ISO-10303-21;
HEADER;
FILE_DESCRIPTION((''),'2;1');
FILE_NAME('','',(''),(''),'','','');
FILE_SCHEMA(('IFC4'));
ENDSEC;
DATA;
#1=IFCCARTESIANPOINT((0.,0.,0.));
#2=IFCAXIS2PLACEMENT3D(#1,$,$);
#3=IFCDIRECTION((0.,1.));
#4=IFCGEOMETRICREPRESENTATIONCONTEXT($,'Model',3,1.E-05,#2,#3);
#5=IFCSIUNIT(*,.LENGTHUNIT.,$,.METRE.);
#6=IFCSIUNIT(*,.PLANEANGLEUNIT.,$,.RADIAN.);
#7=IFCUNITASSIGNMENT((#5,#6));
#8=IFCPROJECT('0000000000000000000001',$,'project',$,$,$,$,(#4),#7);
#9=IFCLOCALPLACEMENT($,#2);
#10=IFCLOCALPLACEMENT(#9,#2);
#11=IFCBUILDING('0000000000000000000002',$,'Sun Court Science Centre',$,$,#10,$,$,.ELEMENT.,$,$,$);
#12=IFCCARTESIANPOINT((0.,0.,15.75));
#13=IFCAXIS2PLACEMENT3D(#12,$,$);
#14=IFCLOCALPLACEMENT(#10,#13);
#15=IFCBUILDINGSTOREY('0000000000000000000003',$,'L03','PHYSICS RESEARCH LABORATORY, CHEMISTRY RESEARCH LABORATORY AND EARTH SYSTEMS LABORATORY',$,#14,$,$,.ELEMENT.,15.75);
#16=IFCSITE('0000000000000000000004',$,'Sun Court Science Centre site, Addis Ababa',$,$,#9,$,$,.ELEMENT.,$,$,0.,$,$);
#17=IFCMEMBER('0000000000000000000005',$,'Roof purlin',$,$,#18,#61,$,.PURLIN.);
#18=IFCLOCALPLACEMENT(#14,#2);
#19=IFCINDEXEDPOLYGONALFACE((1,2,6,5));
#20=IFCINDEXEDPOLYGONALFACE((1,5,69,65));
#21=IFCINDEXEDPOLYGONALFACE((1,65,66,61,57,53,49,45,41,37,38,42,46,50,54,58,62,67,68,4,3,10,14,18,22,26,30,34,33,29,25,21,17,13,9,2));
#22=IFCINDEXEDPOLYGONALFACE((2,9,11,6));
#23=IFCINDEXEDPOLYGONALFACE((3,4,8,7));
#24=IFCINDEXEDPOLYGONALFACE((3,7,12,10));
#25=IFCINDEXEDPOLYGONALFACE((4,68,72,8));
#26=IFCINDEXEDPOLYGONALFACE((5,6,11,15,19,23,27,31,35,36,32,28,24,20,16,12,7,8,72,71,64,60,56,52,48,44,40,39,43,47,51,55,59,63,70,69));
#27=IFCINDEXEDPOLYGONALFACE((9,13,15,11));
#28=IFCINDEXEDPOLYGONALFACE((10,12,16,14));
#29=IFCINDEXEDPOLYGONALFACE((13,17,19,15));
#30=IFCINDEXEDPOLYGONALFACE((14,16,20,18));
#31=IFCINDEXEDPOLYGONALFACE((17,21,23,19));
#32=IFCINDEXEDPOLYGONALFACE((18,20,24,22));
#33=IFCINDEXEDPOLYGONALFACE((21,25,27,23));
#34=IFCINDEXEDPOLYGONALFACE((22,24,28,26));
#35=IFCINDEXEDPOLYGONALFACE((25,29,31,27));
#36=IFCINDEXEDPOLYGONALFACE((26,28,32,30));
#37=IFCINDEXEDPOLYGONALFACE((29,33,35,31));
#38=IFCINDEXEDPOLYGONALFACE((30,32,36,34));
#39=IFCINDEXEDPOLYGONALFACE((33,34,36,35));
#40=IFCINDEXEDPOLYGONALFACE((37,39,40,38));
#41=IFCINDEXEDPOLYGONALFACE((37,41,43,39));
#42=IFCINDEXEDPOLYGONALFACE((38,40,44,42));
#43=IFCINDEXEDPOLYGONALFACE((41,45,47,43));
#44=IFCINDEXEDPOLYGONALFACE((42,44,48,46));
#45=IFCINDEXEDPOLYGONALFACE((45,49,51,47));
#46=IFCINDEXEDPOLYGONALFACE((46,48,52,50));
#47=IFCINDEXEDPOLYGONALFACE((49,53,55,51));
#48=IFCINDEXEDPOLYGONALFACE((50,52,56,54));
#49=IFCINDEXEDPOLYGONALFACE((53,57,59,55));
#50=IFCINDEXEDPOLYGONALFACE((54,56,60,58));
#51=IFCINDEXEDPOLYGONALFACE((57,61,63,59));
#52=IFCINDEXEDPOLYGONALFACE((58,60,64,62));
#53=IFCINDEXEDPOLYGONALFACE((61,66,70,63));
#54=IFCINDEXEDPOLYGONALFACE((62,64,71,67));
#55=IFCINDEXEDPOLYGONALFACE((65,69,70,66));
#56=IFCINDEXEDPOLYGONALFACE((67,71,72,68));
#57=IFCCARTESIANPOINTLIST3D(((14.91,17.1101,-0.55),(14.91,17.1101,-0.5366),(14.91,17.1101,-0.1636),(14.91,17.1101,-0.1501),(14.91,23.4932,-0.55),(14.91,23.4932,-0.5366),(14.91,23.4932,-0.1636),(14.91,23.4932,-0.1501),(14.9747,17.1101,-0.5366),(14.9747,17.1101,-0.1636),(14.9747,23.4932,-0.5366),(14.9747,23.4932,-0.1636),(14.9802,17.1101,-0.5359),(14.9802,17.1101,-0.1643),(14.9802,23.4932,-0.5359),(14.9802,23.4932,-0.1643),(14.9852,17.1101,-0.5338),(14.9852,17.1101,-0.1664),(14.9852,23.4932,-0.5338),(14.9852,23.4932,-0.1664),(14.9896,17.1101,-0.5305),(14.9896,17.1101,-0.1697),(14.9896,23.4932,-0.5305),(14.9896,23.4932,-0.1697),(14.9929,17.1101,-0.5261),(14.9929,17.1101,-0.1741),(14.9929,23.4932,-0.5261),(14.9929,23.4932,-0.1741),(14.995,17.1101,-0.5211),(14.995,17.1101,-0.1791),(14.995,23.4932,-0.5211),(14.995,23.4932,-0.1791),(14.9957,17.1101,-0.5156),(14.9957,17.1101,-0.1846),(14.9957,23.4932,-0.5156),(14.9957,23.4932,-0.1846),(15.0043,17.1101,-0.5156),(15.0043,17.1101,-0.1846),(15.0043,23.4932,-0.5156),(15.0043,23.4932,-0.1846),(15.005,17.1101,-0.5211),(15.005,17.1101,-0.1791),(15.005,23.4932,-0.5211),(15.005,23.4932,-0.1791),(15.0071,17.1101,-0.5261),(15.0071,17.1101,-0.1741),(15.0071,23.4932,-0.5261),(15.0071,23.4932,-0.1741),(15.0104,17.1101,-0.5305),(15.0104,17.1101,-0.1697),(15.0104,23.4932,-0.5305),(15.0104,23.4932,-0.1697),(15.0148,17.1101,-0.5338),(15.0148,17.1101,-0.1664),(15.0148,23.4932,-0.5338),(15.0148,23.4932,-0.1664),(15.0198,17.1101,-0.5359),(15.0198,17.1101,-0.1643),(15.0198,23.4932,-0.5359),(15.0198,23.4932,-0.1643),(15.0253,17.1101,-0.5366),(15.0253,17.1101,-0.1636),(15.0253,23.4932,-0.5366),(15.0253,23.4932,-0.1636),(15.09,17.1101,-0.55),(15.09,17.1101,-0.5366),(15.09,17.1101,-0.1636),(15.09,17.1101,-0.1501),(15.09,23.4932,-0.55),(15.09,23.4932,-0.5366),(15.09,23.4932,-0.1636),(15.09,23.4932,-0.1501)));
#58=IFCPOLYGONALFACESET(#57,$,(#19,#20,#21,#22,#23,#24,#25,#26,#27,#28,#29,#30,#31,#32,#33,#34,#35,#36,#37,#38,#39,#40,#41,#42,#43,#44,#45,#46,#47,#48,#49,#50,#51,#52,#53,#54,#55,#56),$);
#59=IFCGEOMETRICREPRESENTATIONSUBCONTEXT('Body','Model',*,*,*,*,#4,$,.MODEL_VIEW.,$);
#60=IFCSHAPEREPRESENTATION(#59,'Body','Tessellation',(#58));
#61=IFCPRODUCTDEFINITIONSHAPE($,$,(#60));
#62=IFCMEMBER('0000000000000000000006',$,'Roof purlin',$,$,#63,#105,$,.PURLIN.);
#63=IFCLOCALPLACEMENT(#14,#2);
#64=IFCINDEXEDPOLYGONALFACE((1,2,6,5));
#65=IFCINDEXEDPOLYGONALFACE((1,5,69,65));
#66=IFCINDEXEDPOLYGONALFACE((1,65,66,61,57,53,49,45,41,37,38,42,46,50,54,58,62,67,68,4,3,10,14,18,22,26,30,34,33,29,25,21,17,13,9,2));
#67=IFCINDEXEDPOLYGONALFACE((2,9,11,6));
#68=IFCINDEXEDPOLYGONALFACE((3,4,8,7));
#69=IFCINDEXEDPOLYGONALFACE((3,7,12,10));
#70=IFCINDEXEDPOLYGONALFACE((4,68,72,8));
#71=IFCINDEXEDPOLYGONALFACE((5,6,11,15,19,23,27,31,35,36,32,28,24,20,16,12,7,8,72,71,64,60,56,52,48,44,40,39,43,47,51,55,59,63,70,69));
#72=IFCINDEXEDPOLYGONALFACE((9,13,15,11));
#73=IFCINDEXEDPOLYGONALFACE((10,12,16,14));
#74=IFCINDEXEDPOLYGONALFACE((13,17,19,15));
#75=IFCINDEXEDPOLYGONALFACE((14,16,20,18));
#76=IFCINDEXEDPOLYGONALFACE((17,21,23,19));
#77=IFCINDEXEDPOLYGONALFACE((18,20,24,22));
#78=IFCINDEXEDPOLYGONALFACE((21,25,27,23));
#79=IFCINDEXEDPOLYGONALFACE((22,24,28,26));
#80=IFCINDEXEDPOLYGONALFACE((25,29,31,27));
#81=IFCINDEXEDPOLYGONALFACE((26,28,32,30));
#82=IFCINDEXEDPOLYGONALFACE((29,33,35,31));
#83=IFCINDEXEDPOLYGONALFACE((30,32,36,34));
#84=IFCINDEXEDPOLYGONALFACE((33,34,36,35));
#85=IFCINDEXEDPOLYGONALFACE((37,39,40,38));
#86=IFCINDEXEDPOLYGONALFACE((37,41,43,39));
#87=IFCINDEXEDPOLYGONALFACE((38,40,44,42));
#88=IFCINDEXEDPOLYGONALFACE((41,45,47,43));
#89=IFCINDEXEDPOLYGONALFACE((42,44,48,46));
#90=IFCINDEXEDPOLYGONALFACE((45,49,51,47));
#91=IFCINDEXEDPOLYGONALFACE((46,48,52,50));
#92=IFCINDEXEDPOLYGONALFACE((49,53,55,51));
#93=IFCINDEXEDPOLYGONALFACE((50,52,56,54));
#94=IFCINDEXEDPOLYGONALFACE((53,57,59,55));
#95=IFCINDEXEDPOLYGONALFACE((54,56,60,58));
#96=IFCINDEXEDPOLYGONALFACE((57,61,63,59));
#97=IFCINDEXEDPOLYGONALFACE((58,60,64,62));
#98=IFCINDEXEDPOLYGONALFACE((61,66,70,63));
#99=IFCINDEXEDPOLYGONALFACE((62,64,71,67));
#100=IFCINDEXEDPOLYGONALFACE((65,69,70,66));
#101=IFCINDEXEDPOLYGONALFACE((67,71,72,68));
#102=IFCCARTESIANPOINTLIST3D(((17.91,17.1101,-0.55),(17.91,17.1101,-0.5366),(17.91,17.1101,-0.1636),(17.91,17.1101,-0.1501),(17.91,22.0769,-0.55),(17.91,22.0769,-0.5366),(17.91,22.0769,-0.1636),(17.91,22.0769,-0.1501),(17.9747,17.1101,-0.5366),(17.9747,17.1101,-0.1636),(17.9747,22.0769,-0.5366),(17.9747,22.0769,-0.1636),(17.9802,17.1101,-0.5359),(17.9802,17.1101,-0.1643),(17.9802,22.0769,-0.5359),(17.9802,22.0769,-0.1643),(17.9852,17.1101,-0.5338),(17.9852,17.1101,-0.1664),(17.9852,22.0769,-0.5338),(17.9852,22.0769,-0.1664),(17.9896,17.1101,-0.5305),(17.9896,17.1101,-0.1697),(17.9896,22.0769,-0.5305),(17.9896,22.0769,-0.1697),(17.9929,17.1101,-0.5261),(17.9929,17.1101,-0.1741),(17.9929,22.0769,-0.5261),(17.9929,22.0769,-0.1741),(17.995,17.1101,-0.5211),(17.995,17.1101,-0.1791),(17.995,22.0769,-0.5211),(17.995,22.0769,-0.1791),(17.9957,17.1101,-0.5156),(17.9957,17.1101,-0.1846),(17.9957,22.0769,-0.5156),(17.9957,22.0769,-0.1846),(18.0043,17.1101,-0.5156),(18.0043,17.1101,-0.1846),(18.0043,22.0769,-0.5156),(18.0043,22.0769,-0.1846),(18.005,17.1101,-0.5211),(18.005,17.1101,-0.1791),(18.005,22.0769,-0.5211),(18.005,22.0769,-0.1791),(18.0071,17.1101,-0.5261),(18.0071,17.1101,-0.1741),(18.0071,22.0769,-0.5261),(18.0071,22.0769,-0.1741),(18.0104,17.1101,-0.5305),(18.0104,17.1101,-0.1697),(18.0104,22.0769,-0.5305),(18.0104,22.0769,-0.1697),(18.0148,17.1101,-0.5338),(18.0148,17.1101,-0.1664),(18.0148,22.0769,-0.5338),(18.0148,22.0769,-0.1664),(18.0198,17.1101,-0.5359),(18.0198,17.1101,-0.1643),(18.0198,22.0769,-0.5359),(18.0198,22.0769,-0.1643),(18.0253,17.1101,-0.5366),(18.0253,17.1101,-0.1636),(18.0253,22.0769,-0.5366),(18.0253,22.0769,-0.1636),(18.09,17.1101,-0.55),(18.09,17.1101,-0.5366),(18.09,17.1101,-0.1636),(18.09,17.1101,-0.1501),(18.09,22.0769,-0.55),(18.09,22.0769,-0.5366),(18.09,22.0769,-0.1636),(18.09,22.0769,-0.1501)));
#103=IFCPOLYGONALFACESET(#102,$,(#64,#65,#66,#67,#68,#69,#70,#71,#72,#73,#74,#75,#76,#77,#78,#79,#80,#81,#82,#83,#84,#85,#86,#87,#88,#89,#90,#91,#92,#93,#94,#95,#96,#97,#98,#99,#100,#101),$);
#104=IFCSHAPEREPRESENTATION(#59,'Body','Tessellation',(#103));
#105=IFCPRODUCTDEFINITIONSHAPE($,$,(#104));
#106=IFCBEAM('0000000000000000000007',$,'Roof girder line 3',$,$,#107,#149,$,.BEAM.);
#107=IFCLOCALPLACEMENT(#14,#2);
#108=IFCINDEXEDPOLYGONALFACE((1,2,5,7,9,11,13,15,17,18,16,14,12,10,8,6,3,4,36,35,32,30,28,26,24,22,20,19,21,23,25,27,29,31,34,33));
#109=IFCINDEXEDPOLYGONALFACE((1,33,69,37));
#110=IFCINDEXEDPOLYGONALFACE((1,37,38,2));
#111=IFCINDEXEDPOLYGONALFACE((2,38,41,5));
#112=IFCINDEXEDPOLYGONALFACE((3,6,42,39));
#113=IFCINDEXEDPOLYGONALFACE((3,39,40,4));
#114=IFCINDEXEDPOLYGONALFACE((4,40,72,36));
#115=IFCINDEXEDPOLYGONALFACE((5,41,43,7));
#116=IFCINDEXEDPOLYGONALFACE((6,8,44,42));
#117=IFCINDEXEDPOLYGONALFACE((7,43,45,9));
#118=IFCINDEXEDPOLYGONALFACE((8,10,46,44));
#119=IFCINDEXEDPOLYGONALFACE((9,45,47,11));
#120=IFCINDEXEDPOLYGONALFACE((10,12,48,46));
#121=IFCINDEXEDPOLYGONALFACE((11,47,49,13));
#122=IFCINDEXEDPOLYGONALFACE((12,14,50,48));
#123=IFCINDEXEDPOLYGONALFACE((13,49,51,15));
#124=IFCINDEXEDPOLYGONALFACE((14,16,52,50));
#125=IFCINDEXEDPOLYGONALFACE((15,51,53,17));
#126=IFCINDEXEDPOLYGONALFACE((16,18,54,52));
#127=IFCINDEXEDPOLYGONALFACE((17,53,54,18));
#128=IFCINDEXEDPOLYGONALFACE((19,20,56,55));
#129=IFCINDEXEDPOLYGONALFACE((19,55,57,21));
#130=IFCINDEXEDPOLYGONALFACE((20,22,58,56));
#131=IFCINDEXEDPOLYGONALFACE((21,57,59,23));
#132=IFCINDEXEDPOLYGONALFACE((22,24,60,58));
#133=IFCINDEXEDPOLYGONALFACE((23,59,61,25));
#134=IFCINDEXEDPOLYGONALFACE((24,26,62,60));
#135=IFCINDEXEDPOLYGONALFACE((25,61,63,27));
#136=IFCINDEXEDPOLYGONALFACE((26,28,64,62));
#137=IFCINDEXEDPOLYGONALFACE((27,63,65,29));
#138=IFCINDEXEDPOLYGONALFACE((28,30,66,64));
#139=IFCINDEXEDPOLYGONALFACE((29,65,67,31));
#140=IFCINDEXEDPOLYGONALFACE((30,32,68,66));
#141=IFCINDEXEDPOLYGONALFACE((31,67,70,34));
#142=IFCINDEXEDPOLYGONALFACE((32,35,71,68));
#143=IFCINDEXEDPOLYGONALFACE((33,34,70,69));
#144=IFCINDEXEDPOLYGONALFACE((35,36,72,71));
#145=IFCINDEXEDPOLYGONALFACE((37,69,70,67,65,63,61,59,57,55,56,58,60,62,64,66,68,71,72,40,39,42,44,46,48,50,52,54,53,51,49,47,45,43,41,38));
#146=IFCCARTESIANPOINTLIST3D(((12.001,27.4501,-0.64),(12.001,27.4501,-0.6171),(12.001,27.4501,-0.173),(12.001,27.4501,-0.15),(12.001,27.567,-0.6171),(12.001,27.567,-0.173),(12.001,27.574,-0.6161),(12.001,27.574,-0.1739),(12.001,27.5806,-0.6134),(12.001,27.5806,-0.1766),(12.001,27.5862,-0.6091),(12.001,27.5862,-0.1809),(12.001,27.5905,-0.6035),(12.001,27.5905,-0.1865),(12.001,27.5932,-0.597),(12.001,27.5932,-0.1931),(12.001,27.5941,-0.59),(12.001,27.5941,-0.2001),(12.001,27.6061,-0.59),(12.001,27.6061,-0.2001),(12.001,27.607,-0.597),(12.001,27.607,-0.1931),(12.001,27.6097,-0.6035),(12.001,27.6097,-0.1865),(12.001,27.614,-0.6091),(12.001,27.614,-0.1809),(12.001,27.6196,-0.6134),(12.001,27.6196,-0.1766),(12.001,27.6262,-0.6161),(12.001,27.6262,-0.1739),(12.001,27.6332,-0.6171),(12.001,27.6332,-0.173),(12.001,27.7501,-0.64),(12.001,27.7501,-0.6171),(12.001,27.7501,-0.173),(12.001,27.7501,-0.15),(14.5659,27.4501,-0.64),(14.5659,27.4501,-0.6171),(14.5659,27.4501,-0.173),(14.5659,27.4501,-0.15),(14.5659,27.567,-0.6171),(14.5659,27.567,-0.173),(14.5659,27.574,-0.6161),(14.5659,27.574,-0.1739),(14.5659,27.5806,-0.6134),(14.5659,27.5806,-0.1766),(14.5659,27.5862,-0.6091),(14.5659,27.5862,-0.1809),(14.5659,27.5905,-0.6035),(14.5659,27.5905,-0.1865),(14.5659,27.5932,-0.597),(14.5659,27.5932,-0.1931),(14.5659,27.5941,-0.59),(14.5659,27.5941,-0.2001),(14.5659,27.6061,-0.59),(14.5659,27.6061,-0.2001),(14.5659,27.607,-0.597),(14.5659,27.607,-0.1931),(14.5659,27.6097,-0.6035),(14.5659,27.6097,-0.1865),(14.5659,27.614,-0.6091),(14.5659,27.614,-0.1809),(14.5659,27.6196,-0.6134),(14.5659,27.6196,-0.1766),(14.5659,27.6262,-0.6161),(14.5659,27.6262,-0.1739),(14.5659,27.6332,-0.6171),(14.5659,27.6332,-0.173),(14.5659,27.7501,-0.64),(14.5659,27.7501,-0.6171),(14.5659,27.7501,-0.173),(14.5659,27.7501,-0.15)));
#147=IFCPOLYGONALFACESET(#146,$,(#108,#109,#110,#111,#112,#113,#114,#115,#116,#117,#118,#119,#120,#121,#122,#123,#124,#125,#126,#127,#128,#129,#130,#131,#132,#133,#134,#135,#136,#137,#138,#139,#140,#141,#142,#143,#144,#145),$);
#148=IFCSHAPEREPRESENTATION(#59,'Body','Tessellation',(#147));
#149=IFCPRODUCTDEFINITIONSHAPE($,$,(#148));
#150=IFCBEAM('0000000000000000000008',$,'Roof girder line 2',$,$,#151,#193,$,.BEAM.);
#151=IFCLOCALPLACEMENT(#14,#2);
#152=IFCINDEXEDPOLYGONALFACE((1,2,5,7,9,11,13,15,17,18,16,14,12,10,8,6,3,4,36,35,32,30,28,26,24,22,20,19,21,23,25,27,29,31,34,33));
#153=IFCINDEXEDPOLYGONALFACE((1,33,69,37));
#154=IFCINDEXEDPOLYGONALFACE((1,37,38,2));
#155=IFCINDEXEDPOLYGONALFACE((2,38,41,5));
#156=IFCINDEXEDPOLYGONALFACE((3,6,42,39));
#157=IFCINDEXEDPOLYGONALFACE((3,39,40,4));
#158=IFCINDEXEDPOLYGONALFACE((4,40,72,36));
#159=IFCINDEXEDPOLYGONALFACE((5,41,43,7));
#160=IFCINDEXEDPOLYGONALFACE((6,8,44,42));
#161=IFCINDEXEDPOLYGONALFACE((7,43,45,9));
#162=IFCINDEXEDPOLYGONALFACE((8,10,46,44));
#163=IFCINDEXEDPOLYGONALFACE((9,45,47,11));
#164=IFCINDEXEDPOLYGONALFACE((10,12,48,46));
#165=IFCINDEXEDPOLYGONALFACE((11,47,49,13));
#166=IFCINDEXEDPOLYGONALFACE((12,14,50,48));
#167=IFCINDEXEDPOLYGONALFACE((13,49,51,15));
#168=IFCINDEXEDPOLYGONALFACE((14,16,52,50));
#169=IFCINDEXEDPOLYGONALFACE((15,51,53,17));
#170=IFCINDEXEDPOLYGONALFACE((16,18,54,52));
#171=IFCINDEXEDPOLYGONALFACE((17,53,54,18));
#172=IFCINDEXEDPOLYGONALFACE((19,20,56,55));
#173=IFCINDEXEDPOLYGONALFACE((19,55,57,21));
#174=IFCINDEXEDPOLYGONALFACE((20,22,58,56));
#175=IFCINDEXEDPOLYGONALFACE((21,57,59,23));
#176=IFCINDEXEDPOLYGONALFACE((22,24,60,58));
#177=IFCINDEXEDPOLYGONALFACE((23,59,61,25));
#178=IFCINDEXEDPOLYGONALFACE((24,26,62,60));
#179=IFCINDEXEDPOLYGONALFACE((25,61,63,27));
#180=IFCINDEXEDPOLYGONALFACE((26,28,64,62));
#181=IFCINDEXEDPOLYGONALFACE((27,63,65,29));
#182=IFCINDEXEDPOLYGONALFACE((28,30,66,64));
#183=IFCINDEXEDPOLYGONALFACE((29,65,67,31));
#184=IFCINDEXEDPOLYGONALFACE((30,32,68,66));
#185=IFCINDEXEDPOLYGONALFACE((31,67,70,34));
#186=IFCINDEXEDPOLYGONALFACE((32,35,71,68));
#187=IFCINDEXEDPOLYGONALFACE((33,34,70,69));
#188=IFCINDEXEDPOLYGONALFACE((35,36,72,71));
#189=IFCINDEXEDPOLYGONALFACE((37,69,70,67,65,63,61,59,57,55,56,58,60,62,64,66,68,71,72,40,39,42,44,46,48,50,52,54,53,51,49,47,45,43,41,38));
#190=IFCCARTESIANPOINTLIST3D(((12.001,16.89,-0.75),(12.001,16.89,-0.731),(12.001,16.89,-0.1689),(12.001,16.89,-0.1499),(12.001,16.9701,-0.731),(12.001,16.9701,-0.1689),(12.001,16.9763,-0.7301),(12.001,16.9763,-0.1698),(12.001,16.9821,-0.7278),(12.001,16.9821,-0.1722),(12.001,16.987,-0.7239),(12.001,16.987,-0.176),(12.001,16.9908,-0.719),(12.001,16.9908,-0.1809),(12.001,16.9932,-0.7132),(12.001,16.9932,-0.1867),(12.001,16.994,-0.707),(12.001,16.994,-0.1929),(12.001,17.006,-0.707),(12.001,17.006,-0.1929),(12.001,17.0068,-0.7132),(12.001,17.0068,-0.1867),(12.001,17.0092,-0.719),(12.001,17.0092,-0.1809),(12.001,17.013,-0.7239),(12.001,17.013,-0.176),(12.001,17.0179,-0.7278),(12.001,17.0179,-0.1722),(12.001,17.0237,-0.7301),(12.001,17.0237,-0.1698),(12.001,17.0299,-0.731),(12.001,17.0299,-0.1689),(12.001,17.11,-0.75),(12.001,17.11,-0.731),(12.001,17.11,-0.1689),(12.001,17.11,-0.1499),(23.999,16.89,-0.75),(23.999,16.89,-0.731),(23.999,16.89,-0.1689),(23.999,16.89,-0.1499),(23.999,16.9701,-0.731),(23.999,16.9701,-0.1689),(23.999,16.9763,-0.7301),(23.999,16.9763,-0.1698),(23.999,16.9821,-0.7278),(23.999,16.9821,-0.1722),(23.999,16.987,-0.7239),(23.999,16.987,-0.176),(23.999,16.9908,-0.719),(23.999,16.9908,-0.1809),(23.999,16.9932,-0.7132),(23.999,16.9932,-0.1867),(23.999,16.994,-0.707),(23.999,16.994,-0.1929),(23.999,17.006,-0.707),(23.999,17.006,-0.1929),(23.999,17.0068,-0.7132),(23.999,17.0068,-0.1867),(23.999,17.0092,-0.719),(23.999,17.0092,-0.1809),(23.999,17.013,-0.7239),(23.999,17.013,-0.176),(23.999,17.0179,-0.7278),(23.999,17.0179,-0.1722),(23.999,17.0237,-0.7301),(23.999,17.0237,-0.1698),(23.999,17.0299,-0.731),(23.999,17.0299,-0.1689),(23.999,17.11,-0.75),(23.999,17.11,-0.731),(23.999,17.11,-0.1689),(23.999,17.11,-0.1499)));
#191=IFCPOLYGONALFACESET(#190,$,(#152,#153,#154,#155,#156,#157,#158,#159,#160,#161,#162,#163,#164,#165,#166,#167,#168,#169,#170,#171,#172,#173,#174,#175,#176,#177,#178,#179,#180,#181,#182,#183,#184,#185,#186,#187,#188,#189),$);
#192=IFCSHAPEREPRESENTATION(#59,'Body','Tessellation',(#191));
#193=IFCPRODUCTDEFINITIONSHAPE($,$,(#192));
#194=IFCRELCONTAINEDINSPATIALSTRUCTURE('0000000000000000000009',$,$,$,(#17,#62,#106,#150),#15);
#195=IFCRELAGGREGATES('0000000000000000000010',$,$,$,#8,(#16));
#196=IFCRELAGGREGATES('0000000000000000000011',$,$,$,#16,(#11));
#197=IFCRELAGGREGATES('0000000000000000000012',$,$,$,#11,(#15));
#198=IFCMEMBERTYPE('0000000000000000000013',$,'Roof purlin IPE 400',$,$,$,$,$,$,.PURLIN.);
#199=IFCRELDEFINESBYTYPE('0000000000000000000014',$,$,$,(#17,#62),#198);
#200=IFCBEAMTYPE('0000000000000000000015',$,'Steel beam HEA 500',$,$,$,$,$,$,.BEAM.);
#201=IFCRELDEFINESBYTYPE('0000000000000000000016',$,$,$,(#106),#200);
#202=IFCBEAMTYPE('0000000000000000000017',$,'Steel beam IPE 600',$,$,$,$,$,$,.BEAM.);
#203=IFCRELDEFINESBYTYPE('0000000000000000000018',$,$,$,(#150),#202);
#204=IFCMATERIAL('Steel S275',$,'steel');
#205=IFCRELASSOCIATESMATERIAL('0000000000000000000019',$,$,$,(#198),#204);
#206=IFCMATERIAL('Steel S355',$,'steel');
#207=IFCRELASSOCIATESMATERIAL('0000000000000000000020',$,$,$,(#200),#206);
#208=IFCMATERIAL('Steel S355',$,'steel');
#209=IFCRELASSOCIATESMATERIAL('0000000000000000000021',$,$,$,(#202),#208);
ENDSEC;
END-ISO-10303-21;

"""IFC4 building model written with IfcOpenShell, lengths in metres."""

from ifc_helpers import new_model, si_unit, direction, frame, origin, origin_2d, place, context, subcontext, project, spatial, i_section, extrude, material, material_profile, profile_set, type_object, element, save


model = new_model("IFC4")

# Units and contexts
model_context = context("Model", 3, precision=1e-05, world=origin(), true_north=direction((0.0, 1.0)))
body_context = subcontext(model_context, "Body", "Model", "MODEL_VIEW")
ifc_project = project(units=[si_unit("LENGTHUNIT", "METRE"), si_unit("PLANEANGLEUNIT", "RADIAN")], contexts=[model_context])

# Site, building, storey
site_placement = place(None, origin())
site = spatial("IfcSite", under=ifc_project, at=site_placement, Name="Sun Court Science Centre site, Addis Ababa", CompositionType="ELEMENT", RefElevation=0.0)
building_placement = place(site_placement, origin())
building = spatial("IfcBuilding", under=site, at=building_placement, Name="Sun Court Science Centre", CompositionType="ELEMENT")
storey_placement = place(building_placement, frame((0.0, 0.0, 15.75)))
storey = spatial("IfcBuildingStorey", under=building, at=storey_placement, Name="L03", Description="PHYSICS RESEARCH LABORATORY, CHEMISTRY RESEARCH LABORATORY AND EARTH SYSTEMS LABORATORY", CompositionType="ELEMENT", Elevation=15.75)

# Members
ifc_material_1 = material(Name="Steel S275", Category="steel")
ifc_material_profile_1 = material_profile(ifc_material_1, i_section(OverallWidth=0.1799, OverallDepth=0.3999, WebThickness=0.0085, FlangeThickness=0.0134, FilletRadius=0.021, at=origin_2d()), Name="IPE 400")
ifc_profile_set_1 = profile_set([ifc_material_profile_1], Name="Steel S275")
member_type = type_object("IfcMemberType", Name="Roof purlin IPE 400", PredefinedType="PURLIN", material=ifc_profile_set_1)
member_1_placement = place(storey_placement, frame((15.0, 17.1101, -0.3501), z_axis=(0.0, 1.0, 0.0), x_axis=(-1.0, 0.0, 0.0)))
element("IfcMember", 1, at=member_1_placement, inside=storey, type_object=member_type, Name="Roof purlin", PredefinedType="PURLIN", context=body_context, shape_type="SweptSolid", body=[
    extrude(i_section(OverallWidth=0.1799, OverallDepth=0.3999, WebThickness=0.0085, FlangeThickness=0.0134, FilletRadius=0.021, at=origin_2d()), origin(), (0.0, 0.0, 1.0), 6.3831),
])
member_2_placement = place(storey_placement, frame((18.0, 17.1101, -0.3501), z_axis=(0.0, 1.0, 0.0), x_axis=(-1.0, 0.0, 0.0)))
element("IfcMember", 2, at=member_2_placement, inside=storey, type_object=member_type, Name="Roof purlin", PredefinedType="PURLIN", context=body_context, shape_type="SweptSolid", body=[
    extrude(i_section(OverallWidth=0.1799, OverallDepth=0.3999, WebThickness=0.0085, FlangeThickness=0.0134, FilletRadius=0.021, at=origin_2d()), origin(), (0.0, 0.0, 1.0), 4.9668),
])

# Beams
ifc_material_2 = material(Name="Steel S355", Category="steel")
ifc_material_profile_2 = material_profile(ifc_material_2, i_section(OverallWidth=0.3, OverallDepth=0.49, WebThickness=0.012, FlangeThickness=0.0229, FilletRadius=0.0271, at=origin_2d()), Name="HEA 500")
ifc_profile_set_2 = profile_set([ifc_material_profile_2], Name="Steel S355")
beam_type_1 = type_object("IfcBeamType", Name="Steel beam HEA 500", PredefinedType="BEAM", material=ifc_profile_set_2)
beam_1_placement = place(storey_placement, frame((12.001, 27.6001, -0.395), z_axis=(1.0, 0.0, 0.0), x_axis=(0.0, 1.0, 0.0)))
element("IfcBeam", 3, at=beam_1_placement, inside=storey, type_object=beam_type_1, Name="Roof girder line 3", PredefinedType="BEAM", context=body_context, shape_type="SweptSolid", body=[
    extrude(i_section(OverallWidth=0.3, OverallDepth=0.49, WebThickness=0.012, FlangeThickness=0.0229, FilletRadius=0.0271, at=origin_2d()), origin(), (0.0, 0.0, 1.0), 2.5649),
])
ifc_material_3 = material(Name="Steel S355", Category="steel")
ifc_material_profile_3 = material_profile(ifc_material_3, i_section(OverallWidth=0.22, OverallDepth=0.6001, WebThickness=0.012, FlangeThickness=0.019, FilletRadius=0.0239, at=origin_2d()), Name="IPE 600")
ifc_profile_set_3 = profile_set([ifc_material_profile_3], Name="Steel S355")
beam_type_2 = type_object("IfcBeamType", Name="Steel beam IPE 600", PredefinedType="BEAM", material=ifc_profile_set_3)
beam_2_placement = place(storey_placement, frame((12.001, 17.0, -0.45), z_axis=(1.0, 0.0, 0.0), x_axis=(0.0, 1.0, 0.0)))
element("IfcBeam", 4, at=beam_2_placement, inside=storey, type_object=beam_type_2, Name="Roof girder line 2", PredefinedType="BEAM", context=body_context, shape_type="SweptSolid", body=[
    extrude(i_section(OverallWidth=0.22, OverallDepth=0.6001, WebThickness=0.012, FlangeThickness=0.019, FilletRadius=0.0239, at=origin_2d()), origin(), (0.0, 0.0, 1.0), 11.998),
])

save(model, "model.ifc")
